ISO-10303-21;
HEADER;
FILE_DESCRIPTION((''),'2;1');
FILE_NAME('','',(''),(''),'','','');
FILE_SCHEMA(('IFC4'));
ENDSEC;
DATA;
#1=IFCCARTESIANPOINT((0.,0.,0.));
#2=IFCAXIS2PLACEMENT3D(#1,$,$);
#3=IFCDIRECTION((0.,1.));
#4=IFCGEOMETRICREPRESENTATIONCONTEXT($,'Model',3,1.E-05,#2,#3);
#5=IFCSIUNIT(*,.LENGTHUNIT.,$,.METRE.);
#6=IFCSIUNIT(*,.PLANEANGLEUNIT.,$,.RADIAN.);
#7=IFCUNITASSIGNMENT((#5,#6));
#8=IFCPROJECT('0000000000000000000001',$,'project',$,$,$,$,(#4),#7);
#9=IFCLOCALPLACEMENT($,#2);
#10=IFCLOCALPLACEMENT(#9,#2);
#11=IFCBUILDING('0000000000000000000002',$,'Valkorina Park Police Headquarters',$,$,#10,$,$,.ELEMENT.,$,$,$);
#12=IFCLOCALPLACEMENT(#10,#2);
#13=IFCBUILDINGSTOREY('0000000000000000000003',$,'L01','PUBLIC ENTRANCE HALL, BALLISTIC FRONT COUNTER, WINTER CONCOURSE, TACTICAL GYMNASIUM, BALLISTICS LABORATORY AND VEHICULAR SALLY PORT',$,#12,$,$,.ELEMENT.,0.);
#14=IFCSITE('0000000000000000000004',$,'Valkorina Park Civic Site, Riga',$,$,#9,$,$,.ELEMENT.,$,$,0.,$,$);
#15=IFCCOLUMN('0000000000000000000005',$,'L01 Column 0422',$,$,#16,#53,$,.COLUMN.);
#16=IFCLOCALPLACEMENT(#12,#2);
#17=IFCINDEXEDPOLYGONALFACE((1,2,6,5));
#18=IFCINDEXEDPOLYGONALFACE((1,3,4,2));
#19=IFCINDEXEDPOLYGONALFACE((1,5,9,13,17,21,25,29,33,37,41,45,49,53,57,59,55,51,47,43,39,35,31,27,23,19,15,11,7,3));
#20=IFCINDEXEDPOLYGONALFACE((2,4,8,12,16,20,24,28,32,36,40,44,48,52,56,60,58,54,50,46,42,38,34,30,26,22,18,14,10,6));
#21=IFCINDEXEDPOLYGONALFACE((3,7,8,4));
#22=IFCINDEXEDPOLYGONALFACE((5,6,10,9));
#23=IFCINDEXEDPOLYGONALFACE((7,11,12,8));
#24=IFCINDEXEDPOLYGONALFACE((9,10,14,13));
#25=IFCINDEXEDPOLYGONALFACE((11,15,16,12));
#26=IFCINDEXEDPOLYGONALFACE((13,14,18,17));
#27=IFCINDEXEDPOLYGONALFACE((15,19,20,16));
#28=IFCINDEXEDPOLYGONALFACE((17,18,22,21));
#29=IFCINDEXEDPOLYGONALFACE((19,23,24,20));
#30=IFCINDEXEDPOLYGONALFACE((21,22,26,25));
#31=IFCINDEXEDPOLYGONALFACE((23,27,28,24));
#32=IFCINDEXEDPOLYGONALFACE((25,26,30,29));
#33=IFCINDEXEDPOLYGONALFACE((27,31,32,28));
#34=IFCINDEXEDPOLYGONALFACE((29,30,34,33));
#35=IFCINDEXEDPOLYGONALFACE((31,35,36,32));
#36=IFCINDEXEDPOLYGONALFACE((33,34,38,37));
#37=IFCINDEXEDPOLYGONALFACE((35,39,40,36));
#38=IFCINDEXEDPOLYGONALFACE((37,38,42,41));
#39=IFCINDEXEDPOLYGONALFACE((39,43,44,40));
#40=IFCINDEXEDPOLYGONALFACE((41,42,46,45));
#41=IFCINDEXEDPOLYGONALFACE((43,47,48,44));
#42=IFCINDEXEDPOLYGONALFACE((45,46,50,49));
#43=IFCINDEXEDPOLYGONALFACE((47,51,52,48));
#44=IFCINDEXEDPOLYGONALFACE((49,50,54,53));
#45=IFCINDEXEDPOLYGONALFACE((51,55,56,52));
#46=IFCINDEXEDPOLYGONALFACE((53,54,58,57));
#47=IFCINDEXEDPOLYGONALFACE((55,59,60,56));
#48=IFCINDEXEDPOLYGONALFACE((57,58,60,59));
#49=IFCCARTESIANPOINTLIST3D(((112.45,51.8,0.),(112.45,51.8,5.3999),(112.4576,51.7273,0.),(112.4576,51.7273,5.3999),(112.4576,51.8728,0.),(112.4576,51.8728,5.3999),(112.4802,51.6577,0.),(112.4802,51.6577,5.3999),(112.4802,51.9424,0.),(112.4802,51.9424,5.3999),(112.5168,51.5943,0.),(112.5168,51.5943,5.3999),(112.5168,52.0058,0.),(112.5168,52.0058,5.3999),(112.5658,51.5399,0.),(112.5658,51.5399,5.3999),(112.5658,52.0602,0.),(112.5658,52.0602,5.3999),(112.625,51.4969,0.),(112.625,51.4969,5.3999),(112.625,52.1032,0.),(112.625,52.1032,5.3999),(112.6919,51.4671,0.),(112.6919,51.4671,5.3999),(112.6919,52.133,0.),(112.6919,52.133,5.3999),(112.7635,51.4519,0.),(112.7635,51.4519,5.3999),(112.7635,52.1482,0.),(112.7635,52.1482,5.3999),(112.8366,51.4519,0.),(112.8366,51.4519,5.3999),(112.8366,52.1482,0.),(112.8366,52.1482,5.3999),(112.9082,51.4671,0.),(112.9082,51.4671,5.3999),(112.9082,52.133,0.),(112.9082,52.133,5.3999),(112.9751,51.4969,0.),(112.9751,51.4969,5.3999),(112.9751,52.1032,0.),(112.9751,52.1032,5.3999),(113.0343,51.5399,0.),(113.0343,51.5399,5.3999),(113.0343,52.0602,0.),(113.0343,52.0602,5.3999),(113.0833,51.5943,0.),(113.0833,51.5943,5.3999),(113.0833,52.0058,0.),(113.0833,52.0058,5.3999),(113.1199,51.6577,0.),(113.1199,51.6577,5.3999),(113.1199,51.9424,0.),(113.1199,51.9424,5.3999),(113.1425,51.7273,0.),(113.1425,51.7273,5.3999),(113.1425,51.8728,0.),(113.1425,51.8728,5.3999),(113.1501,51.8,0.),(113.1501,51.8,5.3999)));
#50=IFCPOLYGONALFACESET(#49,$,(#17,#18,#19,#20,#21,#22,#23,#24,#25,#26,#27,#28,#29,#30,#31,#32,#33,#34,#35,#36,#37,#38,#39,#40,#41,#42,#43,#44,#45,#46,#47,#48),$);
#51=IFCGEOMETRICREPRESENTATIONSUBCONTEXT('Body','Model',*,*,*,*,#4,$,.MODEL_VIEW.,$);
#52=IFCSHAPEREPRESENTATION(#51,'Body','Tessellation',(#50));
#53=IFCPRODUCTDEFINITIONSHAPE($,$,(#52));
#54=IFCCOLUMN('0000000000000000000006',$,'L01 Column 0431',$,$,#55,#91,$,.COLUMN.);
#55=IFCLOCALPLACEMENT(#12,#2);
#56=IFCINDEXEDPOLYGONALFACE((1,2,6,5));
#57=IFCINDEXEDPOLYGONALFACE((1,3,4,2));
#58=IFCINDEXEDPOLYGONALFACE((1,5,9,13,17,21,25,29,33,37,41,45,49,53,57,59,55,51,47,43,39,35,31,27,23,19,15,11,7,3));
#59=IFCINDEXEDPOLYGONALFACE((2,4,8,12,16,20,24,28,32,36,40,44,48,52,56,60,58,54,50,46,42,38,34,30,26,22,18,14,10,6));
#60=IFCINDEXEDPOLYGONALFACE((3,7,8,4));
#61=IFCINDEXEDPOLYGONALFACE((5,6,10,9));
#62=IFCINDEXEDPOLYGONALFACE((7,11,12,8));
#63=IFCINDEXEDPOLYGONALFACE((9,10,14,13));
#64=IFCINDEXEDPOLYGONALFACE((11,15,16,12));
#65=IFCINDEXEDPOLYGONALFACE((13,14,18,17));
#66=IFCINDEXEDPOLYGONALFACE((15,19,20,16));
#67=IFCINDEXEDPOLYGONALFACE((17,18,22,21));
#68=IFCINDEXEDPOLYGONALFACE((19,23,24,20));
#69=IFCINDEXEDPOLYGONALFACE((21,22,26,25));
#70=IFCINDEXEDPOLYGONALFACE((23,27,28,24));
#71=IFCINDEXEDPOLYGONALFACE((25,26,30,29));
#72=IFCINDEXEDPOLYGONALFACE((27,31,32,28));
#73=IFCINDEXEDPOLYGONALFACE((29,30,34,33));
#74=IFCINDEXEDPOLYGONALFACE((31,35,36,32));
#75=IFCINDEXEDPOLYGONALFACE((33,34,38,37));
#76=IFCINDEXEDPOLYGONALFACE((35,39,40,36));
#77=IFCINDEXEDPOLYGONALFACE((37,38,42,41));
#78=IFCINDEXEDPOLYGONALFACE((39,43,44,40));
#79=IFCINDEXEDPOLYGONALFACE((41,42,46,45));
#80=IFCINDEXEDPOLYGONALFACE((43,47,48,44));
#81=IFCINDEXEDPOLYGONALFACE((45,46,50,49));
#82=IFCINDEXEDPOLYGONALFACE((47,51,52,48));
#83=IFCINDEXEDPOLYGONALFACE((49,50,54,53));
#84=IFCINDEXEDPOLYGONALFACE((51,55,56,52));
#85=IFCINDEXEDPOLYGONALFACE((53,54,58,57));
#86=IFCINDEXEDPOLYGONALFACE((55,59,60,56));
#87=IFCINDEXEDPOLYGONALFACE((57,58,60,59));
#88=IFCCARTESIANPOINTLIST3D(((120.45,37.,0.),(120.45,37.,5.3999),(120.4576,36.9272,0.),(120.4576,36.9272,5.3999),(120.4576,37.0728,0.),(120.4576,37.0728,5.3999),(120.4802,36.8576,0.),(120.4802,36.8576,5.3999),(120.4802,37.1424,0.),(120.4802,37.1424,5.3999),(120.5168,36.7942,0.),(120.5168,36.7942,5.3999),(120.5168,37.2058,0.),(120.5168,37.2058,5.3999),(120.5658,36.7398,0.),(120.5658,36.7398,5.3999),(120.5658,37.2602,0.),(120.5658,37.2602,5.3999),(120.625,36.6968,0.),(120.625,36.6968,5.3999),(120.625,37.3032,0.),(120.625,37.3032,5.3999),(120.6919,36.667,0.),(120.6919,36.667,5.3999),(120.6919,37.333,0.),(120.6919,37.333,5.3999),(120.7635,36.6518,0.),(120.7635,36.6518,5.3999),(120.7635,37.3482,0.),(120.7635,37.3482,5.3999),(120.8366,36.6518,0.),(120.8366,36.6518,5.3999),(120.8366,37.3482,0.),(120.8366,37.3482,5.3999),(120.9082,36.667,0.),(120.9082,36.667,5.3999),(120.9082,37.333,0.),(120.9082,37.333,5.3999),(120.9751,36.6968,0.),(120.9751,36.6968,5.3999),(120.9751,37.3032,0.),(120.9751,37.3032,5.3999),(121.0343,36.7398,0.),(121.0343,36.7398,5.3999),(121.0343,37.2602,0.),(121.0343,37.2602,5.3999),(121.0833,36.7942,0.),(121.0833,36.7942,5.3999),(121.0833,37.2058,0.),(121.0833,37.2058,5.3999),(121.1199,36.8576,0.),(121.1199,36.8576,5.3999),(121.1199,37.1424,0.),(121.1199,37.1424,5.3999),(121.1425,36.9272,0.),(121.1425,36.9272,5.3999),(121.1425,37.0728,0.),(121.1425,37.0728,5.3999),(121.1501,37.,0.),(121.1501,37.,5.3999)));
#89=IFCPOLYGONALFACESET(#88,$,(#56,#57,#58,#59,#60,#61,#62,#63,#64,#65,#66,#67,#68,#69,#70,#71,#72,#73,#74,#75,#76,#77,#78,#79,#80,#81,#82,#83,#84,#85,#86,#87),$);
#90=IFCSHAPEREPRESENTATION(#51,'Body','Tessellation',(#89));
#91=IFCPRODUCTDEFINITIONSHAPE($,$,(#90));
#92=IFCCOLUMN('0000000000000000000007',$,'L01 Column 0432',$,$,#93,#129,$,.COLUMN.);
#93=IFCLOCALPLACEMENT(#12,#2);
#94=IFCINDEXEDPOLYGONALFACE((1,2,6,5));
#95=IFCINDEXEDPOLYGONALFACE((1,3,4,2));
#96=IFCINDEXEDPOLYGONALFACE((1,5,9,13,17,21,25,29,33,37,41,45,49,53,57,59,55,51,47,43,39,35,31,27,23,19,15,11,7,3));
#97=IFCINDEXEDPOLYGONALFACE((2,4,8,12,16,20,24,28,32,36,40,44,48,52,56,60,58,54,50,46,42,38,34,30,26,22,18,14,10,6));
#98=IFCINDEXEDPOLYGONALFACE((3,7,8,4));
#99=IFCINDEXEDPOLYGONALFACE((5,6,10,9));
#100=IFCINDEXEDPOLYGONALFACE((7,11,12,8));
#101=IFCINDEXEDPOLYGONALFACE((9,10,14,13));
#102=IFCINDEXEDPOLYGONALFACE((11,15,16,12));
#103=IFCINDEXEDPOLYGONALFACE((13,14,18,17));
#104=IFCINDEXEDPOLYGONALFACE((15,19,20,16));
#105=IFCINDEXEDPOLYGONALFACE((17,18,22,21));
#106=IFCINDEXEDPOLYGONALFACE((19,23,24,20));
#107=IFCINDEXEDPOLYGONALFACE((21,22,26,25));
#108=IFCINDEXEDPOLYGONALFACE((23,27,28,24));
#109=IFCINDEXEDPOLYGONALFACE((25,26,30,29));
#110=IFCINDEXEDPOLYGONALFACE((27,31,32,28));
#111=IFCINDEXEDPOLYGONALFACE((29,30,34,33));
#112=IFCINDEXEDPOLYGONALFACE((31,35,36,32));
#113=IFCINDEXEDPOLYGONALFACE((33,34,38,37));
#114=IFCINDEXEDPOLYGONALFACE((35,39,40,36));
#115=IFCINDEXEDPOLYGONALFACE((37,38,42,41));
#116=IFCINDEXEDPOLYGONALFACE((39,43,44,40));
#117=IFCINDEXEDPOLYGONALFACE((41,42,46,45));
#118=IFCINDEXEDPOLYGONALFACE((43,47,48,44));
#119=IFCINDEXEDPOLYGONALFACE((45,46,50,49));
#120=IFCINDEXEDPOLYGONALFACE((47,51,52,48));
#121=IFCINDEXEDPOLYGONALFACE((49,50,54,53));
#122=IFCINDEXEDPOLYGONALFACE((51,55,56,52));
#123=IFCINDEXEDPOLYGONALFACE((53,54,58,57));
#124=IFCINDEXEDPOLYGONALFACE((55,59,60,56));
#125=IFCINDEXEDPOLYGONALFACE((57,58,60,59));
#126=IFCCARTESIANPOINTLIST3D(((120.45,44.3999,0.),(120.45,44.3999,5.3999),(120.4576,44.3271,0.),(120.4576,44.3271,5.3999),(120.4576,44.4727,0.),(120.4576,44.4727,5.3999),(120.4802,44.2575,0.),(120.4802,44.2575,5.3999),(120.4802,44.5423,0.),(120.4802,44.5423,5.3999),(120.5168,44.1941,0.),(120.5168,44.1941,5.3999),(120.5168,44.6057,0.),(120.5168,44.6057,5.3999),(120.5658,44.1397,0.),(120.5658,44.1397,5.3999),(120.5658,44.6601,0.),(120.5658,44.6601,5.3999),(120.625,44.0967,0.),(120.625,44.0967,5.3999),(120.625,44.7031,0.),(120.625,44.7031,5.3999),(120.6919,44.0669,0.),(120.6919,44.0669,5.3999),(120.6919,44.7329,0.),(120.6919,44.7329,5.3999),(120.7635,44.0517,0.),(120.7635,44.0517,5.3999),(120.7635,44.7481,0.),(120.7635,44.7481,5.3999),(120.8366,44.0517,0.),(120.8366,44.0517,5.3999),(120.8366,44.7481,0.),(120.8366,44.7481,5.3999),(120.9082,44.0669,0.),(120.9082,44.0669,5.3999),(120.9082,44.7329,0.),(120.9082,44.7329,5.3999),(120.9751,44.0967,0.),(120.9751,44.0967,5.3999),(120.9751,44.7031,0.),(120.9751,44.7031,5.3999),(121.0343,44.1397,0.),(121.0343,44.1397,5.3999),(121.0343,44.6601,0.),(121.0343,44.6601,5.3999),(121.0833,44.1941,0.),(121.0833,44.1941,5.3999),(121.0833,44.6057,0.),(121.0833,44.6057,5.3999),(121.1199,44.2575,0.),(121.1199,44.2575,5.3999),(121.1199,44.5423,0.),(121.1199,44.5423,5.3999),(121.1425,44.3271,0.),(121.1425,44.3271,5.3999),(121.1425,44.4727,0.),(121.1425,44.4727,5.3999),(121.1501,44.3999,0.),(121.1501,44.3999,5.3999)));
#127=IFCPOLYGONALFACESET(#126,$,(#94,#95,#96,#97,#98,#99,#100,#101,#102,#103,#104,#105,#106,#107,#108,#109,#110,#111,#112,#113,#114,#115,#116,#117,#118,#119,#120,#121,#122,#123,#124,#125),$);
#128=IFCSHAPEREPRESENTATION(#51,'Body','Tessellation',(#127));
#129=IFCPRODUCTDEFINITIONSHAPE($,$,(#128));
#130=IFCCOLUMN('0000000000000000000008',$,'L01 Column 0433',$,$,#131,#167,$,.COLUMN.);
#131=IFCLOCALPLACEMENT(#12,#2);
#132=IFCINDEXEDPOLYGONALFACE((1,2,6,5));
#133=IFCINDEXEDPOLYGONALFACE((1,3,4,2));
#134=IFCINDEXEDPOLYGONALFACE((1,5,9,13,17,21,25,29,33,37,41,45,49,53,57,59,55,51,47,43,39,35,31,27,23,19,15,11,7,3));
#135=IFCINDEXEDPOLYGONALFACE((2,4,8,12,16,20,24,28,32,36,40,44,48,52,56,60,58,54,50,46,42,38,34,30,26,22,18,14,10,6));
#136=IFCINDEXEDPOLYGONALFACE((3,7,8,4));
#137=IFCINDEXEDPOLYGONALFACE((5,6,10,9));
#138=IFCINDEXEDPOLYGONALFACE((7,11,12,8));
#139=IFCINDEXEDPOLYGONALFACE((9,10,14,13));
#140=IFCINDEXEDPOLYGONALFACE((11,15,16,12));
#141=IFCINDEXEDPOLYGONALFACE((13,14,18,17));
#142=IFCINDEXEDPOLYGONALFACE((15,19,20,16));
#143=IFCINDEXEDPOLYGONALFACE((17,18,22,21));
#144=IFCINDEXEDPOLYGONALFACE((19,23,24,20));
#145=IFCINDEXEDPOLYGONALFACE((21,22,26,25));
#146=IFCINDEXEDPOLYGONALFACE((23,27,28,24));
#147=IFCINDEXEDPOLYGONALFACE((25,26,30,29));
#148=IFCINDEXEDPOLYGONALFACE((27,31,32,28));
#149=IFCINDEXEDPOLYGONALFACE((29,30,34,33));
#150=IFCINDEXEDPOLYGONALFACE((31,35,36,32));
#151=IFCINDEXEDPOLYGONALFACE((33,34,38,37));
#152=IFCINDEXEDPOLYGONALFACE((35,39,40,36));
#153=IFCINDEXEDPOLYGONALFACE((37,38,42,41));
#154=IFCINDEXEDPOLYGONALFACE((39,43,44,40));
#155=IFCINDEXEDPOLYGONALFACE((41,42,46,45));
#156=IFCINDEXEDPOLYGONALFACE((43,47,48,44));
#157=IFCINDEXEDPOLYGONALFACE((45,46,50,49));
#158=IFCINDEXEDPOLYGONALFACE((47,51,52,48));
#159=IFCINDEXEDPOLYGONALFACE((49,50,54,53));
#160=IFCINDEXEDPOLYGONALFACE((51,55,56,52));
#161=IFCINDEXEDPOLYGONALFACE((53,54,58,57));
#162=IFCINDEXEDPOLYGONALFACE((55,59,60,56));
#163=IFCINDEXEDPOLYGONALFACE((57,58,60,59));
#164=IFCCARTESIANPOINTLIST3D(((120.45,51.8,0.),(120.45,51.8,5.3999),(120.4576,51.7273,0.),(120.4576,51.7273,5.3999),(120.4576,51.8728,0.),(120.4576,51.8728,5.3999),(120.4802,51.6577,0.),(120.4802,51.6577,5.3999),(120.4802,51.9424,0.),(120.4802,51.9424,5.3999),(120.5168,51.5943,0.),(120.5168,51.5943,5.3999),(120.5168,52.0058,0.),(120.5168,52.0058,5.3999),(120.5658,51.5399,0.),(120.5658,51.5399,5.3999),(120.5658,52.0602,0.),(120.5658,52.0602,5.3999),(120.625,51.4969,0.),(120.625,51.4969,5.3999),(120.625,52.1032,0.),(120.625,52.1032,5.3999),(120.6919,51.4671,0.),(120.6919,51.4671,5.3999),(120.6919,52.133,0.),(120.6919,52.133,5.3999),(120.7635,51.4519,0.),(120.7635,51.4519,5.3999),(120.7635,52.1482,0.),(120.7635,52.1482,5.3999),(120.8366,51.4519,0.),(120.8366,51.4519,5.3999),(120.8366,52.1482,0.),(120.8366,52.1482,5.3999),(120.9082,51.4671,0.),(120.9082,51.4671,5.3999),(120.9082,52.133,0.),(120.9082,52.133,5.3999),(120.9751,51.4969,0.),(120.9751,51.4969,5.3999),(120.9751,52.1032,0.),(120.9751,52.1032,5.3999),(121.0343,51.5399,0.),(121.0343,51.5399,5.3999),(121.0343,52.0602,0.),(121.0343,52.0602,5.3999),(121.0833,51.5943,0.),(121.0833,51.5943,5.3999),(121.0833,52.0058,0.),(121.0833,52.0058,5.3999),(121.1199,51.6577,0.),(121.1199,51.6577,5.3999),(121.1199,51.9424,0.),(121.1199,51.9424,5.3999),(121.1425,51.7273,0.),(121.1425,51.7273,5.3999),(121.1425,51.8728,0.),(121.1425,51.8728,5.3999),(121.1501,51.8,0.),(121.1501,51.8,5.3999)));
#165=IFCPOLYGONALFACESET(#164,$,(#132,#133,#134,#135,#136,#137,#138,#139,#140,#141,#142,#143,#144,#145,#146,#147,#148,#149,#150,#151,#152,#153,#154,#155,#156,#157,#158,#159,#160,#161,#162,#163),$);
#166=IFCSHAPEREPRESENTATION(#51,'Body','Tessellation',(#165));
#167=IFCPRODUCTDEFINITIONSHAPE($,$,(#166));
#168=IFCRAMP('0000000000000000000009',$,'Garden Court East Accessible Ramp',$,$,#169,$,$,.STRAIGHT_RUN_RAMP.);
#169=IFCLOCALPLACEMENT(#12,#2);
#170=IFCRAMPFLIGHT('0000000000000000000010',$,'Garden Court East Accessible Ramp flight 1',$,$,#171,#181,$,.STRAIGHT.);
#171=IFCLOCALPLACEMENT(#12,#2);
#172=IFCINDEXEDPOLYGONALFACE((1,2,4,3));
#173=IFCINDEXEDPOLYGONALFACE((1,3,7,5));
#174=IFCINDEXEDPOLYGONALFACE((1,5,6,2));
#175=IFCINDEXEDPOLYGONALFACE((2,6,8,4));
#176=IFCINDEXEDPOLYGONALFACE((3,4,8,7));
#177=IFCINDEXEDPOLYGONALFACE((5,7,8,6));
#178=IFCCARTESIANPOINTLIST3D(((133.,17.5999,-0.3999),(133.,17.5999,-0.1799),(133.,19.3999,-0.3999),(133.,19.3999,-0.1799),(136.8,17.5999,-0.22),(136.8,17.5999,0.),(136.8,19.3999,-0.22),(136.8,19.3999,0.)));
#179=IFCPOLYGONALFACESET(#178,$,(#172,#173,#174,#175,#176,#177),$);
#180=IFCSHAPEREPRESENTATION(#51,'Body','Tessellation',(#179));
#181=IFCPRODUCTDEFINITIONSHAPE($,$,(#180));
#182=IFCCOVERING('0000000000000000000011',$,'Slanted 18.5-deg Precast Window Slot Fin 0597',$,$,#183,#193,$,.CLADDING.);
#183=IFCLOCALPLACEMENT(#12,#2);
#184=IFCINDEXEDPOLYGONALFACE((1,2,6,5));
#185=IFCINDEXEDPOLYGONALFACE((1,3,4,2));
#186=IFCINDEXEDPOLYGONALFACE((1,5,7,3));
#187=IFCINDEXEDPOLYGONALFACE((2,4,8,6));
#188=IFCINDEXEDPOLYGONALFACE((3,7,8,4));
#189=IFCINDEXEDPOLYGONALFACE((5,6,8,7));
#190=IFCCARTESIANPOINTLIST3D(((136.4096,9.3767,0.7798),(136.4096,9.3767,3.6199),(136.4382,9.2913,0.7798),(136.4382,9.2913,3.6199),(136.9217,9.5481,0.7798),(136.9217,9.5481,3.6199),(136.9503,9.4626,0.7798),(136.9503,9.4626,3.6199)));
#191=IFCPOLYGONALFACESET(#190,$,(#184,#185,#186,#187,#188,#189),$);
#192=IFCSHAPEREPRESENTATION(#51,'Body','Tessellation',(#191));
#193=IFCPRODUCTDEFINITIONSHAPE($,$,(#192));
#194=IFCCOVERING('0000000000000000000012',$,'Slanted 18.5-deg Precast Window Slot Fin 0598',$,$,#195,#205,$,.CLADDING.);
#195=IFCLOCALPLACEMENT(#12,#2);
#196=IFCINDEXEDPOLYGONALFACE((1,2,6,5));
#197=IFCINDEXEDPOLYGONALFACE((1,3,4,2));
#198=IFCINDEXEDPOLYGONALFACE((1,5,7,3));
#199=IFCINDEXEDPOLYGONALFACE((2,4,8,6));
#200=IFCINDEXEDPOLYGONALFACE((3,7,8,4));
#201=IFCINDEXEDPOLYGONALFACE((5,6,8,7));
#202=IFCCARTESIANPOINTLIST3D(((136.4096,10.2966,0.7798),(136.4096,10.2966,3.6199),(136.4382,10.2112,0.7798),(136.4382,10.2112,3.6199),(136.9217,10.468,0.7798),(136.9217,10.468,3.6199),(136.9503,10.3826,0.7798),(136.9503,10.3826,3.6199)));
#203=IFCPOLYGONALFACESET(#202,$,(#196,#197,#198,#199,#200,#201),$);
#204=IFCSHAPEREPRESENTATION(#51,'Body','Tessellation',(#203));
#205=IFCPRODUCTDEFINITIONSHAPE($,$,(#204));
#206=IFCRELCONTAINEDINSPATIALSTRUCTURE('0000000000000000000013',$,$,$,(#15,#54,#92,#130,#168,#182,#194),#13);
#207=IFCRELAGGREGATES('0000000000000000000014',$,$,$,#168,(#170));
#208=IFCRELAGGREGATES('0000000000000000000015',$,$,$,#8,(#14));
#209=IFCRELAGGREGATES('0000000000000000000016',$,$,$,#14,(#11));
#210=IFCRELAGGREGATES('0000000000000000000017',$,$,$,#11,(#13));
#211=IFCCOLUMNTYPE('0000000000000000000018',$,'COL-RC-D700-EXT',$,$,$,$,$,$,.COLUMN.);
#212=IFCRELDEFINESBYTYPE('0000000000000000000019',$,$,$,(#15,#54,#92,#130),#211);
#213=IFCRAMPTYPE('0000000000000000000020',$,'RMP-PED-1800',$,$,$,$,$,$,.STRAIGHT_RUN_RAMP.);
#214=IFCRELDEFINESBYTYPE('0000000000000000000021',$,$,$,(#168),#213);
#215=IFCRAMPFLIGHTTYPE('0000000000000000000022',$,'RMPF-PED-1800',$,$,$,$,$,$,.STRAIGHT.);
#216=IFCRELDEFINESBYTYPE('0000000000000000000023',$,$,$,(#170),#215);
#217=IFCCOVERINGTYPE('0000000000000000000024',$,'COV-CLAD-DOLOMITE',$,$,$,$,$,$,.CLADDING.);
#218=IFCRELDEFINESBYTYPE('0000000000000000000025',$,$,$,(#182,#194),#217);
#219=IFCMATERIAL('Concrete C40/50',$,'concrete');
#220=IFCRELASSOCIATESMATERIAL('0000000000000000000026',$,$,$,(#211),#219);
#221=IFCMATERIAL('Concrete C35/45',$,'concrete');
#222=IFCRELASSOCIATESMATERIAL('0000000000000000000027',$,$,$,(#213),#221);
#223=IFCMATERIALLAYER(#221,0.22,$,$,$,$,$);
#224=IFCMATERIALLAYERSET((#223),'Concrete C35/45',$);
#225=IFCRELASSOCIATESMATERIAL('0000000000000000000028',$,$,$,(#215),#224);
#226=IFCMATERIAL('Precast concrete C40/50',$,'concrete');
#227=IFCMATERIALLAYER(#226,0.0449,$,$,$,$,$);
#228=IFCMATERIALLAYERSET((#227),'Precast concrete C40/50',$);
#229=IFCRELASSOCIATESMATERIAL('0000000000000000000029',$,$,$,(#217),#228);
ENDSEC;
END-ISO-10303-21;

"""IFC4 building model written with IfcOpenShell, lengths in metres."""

from ifc_helpers import new_model, si_unit, direction, frame, origin, origin_2d, place, context, subcontext, project, spatial, polyline, rectangle, circle, outline, extrude, material, layer, layer_set, material_profile, profile_set, type_object, element, aggregate, save


model = new_model("IFC4")

# Units and contexts
model_context = context("Model", 3, precision=1e-05, world=origin(), true_north=direction((0.0, 1.0)))
body_context = subcontext(model_context, "Body", "Model", "MODEL_VIEW")
ifc_project = project(units=[si_unit("LENGTHUNIT", "METRE"), si_unit("PLANEANGLEUNIT", "RADIAN")], contexts=[model_context])

# Site, building, storey
site_placement = place(None, origin())
site = spatial("IfcSite", under=ifc_project, at=site_placement, Name="Valkorina Park Civic Site, Riga", CompositionType="ELEMENT", RefElevation=0.0)
building_placement = place(site_placement, origin())
building = spatial("IfcBuilding", under=site, at=building_placement, Name="Valkorina Park Police Headquarters", CompositionType="ELEMENT")
storey_placement = place(building_placement, origin())
storey = spatial("IfcBuildingStorey", under=building, at=storey_placement, Name="L01", Description="PUBLIC ENTRANCE HALL, BALLISTIC FRONT COUNTER, WINTER CONCOURSE, TACTICAL GYMNASIUM, BALLISTICS LABORATORY AND VEHICULAR SALLY PORT", CompositionType="ELEMENT", Elevation=0.0)

# Columns
ifc_material_1 = material(Name="Concrete C40/50", Category="concrete")
ifc_material_profile = material_profile(ifc_material_1, circle(Radius=0.3501, at=origin_2d()), Name="RC COL D700")
ifc_profile_set = profile_set([ifc_material_profile], Name="Concrete C40/50")
column_type = type_object("IfcColumnType", Name="COL-RC-D700-EXT", PredefinedType="COLUMN", material=ifc_profile_set)
for number, where, z_axis, x_axis, name in (
    (1, (112.8, 51.8, 0.0), (0.0, 0.0, 1.0), (1.0, 0.0, 0.0), "L01 Column 0422"),
    (2, (120.8, 37.0, 0.0), (0.0, 0.0, 1.0), (1.0, 0.0, 0.0), "L01 Column 0431"),
    (3, (120.8, 44.3999, 0.0), (0.0, 0.0, 1.0), (1.0, 0.0, 0.0), "L01 Column 0432"),
    (4, (120.8, 51.8, 0.0), (0.0, 0.0, 1.0), (1.0, 0.0, 0.0), "L01 Column 0433"),
):
    element("IfcColumn", number, at=place(storey_placement, frame(where, z_axis=z_axis, x_axis=x_axis)), inside=storey, type_object=column_type, Name=name, PredefinedType="COLUMN", context=body_context, shape_type="SweptSolid", body=[
        extrude(circle(Radius=0.3501, at=origin_2d()), origin(), (0.0, 0.0, 1.0), 5.3999),
    ])

# Ramp, ramp flight
ifc_material_2 = material(Name="Concrete C35/45", Category="concrete")
ramp_type = type_object("IfcRampType", Name="RMP-PED-1800", PredefinedType="STRAIGHT_RUN_RAMP", material=ifc_material_2)
ramp_placement = place(storey_placement, origin())
ramp = element("IfcRamp", 5, at=ramp_placement, inside=storey, type_object=ramp_type, Name="Garden Court East Accessible Ramp", PredefinedType="STRAIGHT_RUN_RAMP")
ifc_layer_1 = layer(ifc_material_2, 0.22)
ifc_layer_set_1 = layer_set([ifc_layer_1], Name="Concrete C35/45")
ramp_flight_type = type_object("IfcRampFlightType", Name="RMPF-PED-1800", PredefinedType="STRAIGHT", material=ifc_layer_set_1)
ramp_flight_placement = place(storey_placement, frame((133.0, 18.5, -0.1799), z_axis=(0.0, 0.0, 1.0), x_axis=(1.0, 0.0, 0.0)))
ramp_flight = element("IfcRampFlight", 6, at=ramp_flight_placement, type_object=ramp_flight_type, Name="Garden Court East Accessible Ramp flight 1", PredefinedType="STRAIGHT", context=body_context, shape_type="SweptSolid", body=[
    extrude(outline(polyline([(0.0, 0.0), (3.8, 0.1799), (3.8, -0.04), (0.0, -0.22), (0.0, 0.0)])), frame((0.0, 0.8999, 0.0), z_axis=(0.0, -1.0, 0.0), x_axis=(1.0, 0.0, 0.0)), (0.0, 0.0, 1.0), 1.8),
])
aggregate(ramp, [ramp_flight])

# Coverings
ifc_material_3 = material(Name="Precast concrete C40/50", Category="concrete")
ifc_layer_2 = layer(ifc_material_3, 0.0449)
ifc_layer_set_2 = layer_set([ifc_layer_2], Name="Precast concrete C40/50")
covering_type = type_object("IfcCoveringType", Name="COV-CLAD-DOLOMITE", PredefinedType="CLADDING", material=ifc_layer_set_2)
for number, where, z_axis, x_axis, name in (
    (7, (136.6799, 9.4197, 0.7798), (0.0, 0.0, 1.0), (-0.948324, -0.317305, 0.0), "Slanted 18.5-deg Precast Window Slot Fin 0597"),
    (8, (136.6799, 10.3396, 0.7798), (0.0, 0.0, 1.0), (-0.948324, -0.317305, 0.0), "Slanted 18.5-deg Precast Window Slot Fin 0598"),
):
    element("IfcCovering", number, at=place(storey_placement, frame(where, z_axis=z_axis, x_axis=x_axis)), inside=storey, type_object=covering_type, Name=name, PredefinedType="CLADDING", context=body_context, shape_type="SweptSolid", body=[
        extrude(rectangle(XDim=0.54, YDim=0.0901, at=origin_2d()), origin(), (0.0, 0.0, 1.0), 2.8401),
    ])

save(model, "model.ifc")
